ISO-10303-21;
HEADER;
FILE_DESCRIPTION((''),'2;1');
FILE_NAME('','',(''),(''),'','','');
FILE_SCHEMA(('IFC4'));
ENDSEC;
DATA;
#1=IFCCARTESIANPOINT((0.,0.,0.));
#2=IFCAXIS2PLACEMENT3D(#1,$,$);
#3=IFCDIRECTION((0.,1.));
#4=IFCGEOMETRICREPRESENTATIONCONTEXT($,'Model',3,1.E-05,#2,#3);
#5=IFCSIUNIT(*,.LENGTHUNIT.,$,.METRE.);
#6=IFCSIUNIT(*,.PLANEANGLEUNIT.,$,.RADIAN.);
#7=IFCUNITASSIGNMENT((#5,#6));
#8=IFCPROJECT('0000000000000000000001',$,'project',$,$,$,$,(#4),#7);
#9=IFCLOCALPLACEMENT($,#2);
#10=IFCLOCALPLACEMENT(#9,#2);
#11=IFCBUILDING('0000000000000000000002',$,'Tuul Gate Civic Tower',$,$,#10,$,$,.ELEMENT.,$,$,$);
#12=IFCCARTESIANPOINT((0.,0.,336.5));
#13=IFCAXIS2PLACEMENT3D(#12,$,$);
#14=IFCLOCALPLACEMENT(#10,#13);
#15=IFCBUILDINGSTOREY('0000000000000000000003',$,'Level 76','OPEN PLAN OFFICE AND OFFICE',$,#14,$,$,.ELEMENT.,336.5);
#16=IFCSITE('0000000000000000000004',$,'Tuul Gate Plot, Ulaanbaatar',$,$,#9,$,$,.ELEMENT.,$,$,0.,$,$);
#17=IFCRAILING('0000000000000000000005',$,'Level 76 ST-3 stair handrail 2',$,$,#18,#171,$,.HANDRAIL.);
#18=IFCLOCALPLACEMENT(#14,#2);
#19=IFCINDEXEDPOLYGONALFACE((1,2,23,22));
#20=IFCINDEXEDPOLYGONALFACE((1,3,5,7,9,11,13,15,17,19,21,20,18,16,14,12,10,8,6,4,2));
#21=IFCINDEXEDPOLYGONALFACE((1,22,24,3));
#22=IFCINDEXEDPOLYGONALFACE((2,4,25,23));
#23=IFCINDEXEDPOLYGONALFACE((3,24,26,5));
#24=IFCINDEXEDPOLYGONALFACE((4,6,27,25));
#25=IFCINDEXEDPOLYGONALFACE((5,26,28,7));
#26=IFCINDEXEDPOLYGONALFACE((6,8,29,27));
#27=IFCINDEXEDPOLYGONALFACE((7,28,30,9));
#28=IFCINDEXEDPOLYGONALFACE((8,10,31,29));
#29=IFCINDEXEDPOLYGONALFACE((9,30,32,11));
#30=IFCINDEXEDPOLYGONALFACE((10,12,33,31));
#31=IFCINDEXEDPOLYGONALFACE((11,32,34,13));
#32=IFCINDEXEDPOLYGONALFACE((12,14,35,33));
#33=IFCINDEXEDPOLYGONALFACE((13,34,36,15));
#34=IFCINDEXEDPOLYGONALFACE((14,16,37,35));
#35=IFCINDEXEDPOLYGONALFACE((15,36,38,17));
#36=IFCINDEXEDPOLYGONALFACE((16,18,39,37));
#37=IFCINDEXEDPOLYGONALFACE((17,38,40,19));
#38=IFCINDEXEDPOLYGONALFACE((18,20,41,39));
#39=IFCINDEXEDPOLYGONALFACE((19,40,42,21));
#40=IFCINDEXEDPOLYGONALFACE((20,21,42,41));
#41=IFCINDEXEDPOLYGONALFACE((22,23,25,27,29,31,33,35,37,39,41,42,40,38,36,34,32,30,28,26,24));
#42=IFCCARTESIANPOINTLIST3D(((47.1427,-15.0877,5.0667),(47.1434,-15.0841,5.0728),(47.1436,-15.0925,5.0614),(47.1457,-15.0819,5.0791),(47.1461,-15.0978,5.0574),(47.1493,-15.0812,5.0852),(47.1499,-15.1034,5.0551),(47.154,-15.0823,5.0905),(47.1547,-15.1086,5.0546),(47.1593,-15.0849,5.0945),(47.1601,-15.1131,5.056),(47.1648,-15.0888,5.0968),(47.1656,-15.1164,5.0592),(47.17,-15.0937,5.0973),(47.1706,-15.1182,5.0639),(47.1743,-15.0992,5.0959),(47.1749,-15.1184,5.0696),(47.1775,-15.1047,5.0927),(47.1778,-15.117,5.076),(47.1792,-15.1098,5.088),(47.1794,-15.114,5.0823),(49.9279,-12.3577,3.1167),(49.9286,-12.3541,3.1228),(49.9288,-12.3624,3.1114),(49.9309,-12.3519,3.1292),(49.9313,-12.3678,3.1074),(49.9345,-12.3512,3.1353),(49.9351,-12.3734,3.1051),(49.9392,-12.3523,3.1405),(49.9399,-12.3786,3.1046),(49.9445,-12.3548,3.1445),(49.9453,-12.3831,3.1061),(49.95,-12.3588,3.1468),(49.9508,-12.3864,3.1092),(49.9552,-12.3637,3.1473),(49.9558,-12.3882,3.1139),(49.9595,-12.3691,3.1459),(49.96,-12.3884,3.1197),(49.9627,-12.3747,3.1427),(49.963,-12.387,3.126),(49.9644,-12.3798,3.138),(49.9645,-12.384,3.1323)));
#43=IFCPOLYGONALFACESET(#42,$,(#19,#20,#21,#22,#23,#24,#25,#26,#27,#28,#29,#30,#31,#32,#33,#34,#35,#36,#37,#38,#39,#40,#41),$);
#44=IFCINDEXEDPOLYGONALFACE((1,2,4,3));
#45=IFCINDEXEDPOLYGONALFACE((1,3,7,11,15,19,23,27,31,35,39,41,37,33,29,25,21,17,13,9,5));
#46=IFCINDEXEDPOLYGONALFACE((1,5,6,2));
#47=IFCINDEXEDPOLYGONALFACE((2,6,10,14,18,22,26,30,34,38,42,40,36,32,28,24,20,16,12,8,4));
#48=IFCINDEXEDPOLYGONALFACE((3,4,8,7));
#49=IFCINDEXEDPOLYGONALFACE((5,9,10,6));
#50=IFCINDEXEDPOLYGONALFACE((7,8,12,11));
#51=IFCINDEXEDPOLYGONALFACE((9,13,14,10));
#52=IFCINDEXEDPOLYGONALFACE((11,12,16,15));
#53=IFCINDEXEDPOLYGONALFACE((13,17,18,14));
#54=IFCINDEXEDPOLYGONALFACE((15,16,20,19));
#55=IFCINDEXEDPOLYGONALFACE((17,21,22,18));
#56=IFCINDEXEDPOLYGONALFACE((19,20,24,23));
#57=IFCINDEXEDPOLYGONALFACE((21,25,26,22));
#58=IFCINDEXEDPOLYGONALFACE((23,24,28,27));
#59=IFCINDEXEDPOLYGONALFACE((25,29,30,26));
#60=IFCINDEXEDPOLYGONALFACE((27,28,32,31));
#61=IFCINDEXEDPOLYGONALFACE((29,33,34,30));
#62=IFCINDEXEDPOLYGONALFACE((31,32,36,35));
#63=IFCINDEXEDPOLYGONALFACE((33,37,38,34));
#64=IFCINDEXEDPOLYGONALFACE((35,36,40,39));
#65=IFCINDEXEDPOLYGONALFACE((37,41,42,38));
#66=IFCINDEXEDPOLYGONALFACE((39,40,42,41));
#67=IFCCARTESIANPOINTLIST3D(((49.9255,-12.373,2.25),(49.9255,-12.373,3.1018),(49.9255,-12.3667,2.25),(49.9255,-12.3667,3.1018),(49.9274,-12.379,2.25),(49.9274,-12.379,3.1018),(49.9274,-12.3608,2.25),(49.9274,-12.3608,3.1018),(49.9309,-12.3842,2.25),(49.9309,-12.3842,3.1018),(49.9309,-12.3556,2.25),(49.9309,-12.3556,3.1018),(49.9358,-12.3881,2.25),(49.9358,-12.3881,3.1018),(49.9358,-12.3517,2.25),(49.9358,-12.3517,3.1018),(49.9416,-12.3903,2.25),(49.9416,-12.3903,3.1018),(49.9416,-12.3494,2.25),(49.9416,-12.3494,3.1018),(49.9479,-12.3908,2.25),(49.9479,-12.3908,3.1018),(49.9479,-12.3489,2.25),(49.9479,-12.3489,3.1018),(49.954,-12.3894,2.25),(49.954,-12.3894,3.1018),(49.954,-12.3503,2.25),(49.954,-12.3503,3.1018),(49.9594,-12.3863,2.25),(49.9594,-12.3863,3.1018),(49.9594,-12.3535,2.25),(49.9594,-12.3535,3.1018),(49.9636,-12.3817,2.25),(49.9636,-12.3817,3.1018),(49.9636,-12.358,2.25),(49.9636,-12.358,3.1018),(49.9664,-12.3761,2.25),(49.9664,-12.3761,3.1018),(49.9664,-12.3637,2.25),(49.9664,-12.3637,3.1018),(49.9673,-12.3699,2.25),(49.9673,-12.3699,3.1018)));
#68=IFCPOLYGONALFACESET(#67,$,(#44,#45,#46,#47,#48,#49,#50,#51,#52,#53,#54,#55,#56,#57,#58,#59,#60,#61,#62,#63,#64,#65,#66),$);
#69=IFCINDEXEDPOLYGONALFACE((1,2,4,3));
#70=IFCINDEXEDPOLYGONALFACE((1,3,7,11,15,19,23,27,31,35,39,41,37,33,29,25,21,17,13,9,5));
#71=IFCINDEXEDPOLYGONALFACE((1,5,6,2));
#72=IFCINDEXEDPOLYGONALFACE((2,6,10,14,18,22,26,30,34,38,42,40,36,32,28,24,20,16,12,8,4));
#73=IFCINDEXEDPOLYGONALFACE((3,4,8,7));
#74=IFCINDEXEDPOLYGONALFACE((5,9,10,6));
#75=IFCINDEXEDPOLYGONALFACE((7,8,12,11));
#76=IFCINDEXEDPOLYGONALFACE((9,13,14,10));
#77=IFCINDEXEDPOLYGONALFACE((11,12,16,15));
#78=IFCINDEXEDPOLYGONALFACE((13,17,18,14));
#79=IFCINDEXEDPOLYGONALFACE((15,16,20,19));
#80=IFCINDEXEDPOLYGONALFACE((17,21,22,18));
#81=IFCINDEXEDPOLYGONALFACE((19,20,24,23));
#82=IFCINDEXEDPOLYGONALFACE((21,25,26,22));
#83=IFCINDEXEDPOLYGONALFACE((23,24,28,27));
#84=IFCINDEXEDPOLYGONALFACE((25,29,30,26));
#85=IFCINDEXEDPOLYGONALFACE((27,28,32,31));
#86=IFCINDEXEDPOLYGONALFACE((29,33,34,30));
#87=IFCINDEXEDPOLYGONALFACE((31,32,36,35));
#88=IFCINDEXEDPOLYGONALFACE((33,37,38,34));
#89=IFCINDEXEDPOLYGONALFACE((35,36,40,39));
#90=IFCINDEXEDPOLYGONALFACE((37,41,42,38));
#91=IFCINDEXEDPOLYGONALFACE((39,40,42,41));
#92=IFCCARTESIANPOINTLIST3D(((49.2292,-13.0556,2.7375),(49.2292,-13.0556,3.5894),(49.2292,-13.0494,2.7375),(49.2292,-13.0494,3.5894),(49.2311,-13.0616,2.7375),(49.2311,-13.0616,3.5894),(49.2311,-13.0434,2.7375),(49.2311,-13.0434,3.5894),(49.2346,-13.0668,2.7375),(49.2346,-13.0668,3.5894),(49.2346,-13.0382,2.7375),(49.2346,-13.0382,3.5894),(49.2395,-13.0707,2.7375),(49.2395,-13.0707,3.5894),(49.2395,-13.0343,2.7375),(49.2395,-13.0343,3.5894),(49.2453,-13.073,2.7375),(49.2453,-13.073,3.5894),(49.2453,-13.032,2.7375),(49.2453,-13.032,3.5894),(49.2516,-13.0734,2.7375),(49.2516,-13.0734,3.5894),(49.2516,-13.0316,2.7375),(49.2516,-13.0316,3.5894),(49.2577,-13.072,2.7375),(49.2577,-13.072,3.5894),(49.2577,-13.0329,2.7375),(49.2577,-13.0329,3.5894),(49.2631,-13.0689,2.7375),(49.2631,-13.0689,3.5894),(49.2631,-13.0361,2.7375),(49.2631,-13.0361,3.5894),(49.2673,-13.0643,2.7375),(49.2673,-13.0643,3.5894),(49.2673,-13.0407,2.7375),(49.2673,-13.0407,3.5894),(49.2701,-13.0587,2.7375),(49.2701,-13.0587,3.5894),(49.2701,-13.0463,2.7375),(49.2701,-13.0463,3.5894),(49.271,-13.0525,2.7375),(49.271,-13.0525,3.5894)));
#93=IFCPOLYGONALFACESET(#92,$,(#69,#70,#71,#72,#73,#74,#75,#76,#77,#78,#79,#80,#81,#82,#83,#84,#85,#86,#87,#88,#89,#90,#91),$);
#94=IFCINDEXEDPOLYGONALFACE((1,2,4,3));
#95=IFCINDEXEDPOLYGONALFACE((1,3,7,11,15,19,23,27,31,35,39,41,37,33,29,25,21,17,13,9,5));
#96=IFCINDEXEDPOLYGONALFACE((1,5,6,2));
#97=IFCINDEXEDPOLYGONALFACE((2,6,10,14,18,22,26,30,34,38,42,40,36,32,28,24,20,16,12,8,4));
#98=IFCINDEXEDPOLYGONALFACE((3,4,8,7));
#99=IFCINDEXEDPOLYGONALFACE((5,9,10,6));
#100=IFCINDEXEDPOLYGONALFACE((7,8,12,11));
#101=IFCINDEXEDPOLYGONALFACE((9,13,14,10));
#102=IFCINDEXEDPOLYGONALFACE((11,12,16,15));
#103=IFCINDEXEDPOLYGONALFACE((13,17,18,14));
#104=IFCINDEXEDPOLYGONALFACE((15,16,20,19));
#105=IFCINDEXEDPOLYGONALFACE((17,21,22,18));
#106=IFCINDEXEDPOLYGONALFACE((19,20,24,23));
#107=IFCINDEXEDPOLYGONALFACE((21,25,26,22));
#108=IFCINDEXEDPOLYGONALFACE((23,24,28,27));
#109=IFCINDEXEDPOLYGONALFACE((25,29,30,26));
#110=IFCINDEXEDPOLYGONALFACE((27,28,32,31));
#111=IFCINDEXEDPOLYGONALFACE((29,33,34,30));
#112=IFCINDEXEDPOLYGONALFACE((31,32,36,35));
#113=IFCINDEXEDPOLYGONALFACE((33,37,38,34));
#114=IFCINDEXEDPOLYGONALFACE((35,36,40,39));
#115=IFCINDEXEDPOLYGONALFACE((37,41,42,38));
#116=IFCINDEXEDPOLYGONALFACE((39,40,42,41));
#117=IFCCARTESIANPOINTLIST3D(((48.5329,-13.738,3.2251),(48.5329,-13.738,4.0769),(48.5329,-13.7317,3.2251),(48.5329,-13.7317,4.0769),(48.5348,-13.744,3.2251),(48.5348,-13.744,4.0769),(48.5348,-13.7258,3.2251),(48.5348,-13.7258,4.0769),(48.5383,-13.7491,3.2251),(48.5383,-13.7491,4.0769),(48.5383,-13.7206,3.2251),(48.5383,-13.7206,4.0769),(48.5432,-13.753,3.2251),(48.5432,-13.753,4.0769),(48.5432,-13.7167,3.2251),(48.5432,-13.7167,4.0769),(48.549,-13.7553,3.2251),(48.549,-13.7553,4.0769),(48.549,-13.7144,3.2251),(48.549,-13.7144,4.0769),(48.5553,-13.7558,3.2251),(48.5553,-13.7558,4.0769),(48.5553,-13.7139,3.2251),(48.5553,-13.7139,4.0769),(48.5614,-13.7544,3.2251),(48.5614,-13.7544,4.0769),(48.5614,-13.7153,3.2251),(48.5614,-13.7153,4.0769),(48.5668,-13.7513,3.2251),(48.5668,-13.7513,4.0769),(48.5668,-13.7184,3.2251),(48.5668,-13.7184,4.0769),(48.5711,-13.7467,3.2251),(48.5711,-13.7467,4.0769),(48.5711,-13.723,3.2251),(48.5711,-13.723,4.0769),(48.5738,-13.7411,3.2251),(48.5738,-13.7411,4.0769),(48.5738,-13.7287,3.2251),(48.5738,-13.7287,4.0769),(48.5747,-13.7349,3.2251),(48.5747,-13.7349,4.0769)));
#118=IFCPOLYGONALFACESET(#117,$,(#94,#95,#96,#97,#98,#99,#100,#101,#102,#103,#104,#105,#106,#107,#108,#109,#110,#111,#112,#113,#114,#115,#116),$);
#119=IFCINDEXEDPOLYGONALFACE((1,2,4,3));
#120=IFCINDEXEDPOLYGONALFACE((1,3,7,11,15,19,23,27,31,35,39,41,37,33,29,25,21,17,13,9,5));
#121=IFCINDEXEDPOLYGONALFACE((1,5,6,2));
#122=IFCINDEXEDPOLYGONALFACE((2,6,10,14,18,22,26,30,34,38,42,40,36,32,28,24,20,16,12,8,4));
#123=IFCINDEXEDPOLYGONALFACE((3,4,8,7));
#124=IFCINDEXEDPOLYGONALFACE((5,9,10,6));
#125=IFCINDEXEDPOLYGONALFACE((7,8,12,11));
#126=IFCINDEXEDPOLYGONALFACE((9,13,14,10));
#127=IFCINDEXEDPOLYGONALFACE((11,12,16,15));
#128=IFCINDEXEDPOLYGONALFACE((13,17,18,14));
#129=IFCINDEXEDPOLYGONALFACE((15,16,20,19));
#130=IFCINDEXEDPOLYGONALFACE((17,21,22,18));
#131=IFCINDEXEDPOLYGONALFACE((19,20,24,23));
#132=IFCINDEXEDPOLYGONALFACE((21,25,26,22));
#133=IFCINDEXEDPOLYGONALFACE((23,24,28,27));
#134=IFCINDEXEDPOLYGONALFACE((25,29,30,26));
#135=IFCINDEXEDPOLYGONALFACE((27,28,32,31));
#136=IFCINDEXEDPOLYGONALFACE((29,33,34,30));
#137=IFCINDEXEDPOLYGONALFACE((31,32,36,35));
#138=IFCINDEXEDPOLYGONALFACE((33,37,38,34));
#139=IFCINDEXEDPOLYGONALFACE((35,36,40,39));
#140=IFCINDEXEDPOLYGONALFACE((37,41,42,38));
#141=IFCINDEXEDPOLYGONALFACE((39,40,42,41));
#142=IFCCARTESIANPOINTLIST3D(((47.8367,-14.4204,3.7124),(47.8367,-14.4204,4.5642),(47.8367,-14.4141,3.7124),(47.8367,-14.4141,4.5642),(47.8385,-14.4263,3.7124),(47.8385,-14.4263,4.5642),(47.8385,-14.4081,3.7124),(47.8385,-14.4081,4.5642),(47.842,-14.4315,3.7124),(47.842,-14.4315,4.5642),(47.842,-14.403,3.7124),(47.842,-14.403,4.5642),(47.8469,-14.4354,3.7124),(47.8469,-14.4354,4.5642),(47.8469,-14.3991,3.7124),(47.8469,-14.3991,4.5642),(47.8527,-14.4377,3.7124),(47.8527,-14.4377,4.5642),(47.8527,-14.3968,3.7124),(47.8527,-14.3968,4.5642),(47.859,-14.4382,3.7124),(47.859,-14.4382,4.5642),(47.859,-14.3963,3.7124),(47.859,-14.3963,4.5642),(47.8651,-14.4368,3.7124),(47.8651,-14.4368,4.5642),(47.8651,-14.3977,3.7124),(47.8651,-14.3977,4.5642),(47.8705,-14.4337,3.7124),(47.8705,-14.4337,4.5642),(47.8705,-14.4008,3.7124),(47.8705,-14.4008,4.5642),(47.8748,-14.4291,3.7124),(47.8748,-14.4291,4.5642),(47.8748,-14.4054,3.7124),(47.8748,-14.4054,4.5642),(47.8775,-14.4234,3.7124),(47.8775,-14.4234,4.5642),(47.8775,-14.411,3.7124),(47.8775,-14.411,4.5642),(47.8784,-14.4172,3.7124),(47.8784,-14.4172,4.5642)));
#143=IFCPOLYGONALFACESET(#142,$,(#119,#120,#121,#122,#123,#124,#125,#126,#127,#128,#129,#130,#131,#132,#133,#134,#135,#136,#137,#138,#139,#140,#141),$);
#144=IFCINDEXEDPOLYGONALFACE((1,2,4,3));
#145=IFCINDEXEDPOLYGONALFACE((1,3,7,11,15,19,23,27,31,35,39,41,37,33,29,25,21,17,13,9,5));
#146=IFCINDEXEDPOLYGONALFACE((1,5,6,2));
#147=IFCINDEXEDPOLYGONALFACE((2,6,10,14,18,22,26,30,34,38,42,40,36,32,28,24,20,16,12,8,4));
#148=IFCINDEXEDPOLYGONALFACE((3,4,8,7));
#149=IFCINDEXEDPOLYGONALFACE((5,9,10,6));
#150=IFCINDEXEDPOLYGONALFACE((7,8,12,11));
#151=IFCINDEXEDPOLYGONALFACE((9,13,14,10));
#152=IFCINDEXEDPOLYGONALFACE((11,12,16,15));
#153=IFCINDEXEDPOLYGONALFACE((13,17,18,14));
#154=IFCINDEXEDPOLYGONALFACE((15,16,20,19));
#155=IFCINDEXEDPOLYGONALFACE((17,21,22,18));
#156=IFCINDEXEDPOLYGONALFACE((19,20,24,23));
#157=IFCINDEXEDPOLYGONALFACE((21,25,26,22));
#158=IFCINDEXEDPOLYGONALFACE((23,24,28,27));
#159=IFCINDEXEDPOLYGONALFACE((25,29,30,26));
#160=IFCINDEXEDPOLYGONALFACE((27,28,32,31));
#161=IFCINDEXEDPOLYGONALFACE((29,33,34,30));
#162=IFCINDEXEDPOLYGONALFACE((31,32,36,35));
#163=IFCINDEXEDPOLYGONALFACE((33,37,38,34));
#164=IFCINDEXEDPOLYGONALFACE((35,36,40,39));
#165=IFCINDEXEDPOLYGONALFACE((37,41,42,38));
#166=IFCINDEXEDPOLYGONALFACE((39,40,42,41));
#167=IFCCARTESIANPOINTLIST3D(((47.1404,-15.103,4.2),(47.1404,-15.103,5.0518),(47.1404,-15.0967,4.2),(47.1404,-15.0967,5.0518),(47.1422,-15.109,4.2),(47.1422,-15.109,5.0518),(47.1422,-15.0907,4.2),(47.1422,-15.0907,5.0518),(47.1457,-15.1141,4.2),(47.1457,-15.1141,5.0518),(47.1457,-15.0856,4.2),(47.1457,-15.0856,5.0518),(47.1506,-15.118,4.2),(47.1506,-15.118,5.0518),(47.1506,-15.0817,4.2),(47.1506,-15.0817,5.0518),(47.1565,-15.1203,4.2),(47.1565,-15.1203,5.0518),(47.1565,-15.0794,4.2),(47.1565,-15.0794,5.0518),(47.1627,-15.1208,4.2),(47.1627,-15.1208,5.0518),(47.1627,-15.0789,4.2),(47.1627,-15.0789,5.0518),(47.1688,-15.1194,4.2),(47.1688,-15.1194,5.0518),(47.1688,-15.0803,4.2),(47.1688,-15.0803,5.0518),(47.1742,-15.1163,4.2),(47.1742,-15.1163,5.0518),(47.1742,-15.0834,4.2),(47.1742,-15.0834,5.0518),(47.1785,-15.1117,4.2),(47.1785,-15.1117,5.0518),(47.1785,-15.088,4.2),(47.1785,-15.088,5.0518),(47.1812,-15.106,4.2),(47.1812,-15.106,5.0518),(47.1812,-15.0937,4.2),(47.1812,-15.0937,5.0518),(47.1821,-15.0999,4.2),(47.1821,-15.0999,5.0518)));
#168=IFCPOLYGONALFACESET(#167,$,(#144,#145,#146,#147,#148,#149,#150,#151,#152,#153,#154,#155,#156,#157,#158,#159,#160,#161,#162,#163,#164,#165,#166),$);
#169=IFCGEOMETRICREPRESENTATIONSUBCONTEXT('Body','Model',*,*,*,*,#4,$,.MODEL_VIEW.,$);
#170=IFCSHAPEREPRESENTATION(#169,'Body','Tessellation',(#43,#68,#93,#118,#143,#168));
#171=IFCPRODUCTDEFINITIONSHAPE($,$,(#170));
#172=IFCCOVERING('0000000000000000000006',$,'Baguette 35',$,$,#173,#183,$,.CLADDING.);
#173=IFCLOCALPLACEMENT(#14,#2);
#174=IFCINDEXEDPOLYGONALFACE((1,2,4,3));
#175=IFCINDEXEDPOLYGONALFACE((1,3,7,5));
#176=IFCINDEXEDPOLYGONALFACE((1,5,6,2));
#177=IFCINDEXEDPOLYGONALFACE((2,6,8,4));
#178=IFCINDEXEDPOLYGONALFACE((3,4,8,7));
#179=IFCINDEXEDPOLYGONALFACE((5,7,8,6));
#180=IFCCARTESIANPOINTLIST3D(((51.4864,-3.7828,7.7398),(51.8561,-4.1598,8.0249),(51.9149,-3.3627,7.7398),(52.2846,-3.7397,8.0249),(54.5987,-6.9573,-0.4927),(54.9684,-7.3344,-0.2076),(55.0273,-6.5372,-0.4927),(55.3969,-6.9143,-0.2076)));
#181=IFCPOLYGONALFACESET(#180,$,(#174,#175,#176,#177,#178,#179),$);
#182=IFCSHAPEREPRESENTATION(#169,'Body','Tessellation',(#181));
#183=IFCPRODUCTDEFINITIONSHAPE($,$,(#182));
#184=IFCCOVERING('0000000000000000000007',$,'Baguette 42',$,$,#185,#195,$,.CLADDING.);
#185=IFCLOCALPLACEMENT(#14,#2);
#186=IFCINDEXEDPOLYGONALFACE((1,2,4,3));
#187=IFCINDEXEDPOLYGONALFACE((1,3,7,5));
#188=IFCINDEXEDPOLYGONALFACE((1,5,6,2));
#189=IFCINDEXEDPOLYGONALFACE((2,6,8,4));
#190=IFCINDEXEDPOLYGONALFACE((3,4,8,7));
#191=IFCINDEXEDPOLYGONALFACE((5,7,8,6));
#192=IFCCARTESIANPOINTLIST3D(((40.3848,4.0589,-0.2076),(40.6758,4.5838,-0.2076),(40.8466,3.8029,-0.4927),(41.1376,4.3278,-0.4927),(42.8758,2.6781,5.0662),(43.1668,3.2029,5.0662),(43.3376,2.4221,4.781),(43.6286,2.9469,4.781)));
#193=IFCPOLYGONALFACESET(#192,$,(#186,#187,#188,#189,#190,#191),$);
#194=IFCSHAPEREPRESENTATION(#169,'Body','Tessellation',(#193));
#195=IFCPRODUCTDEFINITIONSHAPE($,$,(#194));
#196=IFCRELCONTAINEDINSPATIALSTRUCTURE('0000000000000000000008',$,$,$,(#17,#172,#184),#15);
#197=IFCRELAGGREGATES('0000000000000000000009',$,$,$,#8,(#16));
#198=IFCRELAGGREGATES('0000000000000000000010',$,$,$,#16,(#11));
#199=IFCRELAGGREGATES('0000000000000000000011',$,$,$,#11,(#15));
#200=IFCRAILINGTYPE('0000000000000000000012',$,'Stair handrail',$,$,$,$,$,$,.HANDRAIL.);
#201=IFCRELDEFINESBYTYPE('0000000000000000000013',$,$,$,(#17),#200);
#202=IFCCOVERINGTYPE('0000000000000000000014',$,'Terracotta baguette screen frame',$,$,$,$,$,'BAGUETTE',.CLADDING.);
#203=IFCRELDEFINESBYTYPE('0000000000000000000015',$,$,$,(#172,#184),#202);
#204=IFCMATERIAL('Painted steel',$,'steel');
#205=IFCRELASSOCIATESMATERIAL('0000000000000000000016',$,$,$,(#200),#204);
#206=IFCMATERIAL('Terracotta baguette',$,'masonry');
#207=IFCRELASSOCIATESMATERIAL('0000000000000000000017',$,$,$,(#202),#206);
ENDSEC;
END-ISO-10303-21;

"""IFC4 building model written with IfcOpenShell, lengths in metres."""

from ifc_helpers import new_model, si_unit, direction, frame, origin, origin_2d, place, context, subcontext, project, spatial, rectangle, circle, extrude, material, material_profile, profile_set, type_object, element, save


model = new_model("IFC4")

# Units and contexts
model_context = context("Model", 3, precision=1e-05, world=origin(), true_north=direction((0.0, 1.0)))
body_context = subcontext(model_context, "Body", "Model", "MODEL_VIEW")
ifc_project = project(units=[si_unit("LENGTHUNIT", "METRE"), si_unit("PLANEANGLEUNIT", "RADIAN")], contexts=[model_context])

# Site, building, storey
site_placement = place(None, origin())
site = spatial("IfcSite", under=ifc_project, at=site_placement, Name="Tuul Gate Plot, Ulaanbaatar", CompositionType="ELEMENT", RefElevation=0.0)
building_placement = place(site_placement, origin())
building = spatial("IfcBuilding", under=site, at=building_placement, Name="Tuul Gate Civic Tower", CompositionType="ELEMENT")
storey_placement = place(building_placement, frame((0.0, 0.0, 336.5)))
storey = spatial("IfcBuildingStorey", under=building, at=storey_placement, Name="Level 76", Description="OPEN PLAN OFFICE AND OFFICE", CompositionType="ELEMENT", Elevation=336.5)

# Railing
ifc_material_1 = material(Name="Painted steel", Category="steel")
railing_type = type_object("IfcRailingType", Name="Stair handrail", PredefinedType="HANDRAIL", material=ifc_material_1)
railing_placement = place(storey_placement, frame((49.9463, -12.3699, 2.25)))
element("IfcRailing", 1, at=railing_placement, inside=storey, type_object=railing_type, Name="Level 76 ST-3 stair handrail 2", PredefinedType="HANDRAIL", context=body_context, shape_type="SweptSolid", body=[
    extrude(circle(Radius=0.0239, at=origin_2d()), frame((0.0, 0.0, 0.876), z_axis=(-0.638754, -0.6261, 0.447206), x_axis=(0.699998, -0.714145, 0.0)), (0.0, 0.0, 1.0), 4.3604),
    extrude(circle(Radius=0.021, at=origin_2d()), origin(), (0.0, 0.0, 1.0), 0.8518),
    extrude(circle(Radius=0.021, at=origin_2d()), frame((-0.6963, -0.6826, 0.4875)), (0.0, 0.0, 1.0), 0.8518),
    extrude(circle(Radius=0.021, at=origin_2d()), frame((-1.3926, -1.365, 0.9751)), (0.0, 0.0, 1.0), 0.8518),
    extrude(circle(Radius=0.021, at=origin_2d()), frame((-2.0889, -2.0474, 1.4624)), (0.0, 0.0, 1.0), 0.8518),
    extrude(circle(Radius=0.021, at=origin_2d()), frame((-2.7852, -2.73, 1.95)), (0.0, 0.0, 1.0), 0.8518),
])

# Coverings
ifc_material_2 = material(Name="Terracotta baguette", Category="masonry")
ifc_material_profile_1 = material_profile(ifc_material_2, rectangle(XDim=0.6001, YDim=0.6001, at=origin_2d()), Name="Terracotta baguette screen frame")
ifc_profile_set_1 = profile_set([ifc_material_profile_1], Name="Terracotta baguette")
covering_type = type_object("IfcCoveringType", Name="Terracotta baguette screen frame", ElementType="BAGUETTE", PredefinedType="CLADDING", material=ifc_profile_set_1)
covering_1_placement = place(storey_placement, frame((51.8855, -3.7612, 7.8823), z_axis=(0.332649, -0.339303, -0.879897), x_axis=(0.714074, 0.70007, 0.0)))
element("IfcCovering", 2, at=covering_1_placement, inside=storey, type_object=covering_type, Name="Baguette 35", PredefinedType="CLADDING", context=body_context, shape_type="SweptSolid", body=[
    extrude(rectangle(XDim=0.6001, YDim=0.6001, at=origin_2d()), origin(), (0.0, 0.0, 1.0), 9.3562),
])
covering_2_placement = place(storey_placement, frame((43.2522, 2.8125, 4.9236), z_axis=(-0.415603, 0.230388, -0.879883), x_axis=(-0.484835, -0.874606, 0.0)))
element("IfcCovering", 3, at=covering_2_placement, inside=storey, type_object=covering_type, Name="Baguette 42", PredefinedType="CLADDING", context=body_context, shape_type="SweptSolid", body=[
    extrude(rectangle(XDim=0.6001, YDim=0.6001, at=origin_2d()), origin(), (0.0, 0.0, 1.0), 5.9937),
])

save(model, "model.ifc")
